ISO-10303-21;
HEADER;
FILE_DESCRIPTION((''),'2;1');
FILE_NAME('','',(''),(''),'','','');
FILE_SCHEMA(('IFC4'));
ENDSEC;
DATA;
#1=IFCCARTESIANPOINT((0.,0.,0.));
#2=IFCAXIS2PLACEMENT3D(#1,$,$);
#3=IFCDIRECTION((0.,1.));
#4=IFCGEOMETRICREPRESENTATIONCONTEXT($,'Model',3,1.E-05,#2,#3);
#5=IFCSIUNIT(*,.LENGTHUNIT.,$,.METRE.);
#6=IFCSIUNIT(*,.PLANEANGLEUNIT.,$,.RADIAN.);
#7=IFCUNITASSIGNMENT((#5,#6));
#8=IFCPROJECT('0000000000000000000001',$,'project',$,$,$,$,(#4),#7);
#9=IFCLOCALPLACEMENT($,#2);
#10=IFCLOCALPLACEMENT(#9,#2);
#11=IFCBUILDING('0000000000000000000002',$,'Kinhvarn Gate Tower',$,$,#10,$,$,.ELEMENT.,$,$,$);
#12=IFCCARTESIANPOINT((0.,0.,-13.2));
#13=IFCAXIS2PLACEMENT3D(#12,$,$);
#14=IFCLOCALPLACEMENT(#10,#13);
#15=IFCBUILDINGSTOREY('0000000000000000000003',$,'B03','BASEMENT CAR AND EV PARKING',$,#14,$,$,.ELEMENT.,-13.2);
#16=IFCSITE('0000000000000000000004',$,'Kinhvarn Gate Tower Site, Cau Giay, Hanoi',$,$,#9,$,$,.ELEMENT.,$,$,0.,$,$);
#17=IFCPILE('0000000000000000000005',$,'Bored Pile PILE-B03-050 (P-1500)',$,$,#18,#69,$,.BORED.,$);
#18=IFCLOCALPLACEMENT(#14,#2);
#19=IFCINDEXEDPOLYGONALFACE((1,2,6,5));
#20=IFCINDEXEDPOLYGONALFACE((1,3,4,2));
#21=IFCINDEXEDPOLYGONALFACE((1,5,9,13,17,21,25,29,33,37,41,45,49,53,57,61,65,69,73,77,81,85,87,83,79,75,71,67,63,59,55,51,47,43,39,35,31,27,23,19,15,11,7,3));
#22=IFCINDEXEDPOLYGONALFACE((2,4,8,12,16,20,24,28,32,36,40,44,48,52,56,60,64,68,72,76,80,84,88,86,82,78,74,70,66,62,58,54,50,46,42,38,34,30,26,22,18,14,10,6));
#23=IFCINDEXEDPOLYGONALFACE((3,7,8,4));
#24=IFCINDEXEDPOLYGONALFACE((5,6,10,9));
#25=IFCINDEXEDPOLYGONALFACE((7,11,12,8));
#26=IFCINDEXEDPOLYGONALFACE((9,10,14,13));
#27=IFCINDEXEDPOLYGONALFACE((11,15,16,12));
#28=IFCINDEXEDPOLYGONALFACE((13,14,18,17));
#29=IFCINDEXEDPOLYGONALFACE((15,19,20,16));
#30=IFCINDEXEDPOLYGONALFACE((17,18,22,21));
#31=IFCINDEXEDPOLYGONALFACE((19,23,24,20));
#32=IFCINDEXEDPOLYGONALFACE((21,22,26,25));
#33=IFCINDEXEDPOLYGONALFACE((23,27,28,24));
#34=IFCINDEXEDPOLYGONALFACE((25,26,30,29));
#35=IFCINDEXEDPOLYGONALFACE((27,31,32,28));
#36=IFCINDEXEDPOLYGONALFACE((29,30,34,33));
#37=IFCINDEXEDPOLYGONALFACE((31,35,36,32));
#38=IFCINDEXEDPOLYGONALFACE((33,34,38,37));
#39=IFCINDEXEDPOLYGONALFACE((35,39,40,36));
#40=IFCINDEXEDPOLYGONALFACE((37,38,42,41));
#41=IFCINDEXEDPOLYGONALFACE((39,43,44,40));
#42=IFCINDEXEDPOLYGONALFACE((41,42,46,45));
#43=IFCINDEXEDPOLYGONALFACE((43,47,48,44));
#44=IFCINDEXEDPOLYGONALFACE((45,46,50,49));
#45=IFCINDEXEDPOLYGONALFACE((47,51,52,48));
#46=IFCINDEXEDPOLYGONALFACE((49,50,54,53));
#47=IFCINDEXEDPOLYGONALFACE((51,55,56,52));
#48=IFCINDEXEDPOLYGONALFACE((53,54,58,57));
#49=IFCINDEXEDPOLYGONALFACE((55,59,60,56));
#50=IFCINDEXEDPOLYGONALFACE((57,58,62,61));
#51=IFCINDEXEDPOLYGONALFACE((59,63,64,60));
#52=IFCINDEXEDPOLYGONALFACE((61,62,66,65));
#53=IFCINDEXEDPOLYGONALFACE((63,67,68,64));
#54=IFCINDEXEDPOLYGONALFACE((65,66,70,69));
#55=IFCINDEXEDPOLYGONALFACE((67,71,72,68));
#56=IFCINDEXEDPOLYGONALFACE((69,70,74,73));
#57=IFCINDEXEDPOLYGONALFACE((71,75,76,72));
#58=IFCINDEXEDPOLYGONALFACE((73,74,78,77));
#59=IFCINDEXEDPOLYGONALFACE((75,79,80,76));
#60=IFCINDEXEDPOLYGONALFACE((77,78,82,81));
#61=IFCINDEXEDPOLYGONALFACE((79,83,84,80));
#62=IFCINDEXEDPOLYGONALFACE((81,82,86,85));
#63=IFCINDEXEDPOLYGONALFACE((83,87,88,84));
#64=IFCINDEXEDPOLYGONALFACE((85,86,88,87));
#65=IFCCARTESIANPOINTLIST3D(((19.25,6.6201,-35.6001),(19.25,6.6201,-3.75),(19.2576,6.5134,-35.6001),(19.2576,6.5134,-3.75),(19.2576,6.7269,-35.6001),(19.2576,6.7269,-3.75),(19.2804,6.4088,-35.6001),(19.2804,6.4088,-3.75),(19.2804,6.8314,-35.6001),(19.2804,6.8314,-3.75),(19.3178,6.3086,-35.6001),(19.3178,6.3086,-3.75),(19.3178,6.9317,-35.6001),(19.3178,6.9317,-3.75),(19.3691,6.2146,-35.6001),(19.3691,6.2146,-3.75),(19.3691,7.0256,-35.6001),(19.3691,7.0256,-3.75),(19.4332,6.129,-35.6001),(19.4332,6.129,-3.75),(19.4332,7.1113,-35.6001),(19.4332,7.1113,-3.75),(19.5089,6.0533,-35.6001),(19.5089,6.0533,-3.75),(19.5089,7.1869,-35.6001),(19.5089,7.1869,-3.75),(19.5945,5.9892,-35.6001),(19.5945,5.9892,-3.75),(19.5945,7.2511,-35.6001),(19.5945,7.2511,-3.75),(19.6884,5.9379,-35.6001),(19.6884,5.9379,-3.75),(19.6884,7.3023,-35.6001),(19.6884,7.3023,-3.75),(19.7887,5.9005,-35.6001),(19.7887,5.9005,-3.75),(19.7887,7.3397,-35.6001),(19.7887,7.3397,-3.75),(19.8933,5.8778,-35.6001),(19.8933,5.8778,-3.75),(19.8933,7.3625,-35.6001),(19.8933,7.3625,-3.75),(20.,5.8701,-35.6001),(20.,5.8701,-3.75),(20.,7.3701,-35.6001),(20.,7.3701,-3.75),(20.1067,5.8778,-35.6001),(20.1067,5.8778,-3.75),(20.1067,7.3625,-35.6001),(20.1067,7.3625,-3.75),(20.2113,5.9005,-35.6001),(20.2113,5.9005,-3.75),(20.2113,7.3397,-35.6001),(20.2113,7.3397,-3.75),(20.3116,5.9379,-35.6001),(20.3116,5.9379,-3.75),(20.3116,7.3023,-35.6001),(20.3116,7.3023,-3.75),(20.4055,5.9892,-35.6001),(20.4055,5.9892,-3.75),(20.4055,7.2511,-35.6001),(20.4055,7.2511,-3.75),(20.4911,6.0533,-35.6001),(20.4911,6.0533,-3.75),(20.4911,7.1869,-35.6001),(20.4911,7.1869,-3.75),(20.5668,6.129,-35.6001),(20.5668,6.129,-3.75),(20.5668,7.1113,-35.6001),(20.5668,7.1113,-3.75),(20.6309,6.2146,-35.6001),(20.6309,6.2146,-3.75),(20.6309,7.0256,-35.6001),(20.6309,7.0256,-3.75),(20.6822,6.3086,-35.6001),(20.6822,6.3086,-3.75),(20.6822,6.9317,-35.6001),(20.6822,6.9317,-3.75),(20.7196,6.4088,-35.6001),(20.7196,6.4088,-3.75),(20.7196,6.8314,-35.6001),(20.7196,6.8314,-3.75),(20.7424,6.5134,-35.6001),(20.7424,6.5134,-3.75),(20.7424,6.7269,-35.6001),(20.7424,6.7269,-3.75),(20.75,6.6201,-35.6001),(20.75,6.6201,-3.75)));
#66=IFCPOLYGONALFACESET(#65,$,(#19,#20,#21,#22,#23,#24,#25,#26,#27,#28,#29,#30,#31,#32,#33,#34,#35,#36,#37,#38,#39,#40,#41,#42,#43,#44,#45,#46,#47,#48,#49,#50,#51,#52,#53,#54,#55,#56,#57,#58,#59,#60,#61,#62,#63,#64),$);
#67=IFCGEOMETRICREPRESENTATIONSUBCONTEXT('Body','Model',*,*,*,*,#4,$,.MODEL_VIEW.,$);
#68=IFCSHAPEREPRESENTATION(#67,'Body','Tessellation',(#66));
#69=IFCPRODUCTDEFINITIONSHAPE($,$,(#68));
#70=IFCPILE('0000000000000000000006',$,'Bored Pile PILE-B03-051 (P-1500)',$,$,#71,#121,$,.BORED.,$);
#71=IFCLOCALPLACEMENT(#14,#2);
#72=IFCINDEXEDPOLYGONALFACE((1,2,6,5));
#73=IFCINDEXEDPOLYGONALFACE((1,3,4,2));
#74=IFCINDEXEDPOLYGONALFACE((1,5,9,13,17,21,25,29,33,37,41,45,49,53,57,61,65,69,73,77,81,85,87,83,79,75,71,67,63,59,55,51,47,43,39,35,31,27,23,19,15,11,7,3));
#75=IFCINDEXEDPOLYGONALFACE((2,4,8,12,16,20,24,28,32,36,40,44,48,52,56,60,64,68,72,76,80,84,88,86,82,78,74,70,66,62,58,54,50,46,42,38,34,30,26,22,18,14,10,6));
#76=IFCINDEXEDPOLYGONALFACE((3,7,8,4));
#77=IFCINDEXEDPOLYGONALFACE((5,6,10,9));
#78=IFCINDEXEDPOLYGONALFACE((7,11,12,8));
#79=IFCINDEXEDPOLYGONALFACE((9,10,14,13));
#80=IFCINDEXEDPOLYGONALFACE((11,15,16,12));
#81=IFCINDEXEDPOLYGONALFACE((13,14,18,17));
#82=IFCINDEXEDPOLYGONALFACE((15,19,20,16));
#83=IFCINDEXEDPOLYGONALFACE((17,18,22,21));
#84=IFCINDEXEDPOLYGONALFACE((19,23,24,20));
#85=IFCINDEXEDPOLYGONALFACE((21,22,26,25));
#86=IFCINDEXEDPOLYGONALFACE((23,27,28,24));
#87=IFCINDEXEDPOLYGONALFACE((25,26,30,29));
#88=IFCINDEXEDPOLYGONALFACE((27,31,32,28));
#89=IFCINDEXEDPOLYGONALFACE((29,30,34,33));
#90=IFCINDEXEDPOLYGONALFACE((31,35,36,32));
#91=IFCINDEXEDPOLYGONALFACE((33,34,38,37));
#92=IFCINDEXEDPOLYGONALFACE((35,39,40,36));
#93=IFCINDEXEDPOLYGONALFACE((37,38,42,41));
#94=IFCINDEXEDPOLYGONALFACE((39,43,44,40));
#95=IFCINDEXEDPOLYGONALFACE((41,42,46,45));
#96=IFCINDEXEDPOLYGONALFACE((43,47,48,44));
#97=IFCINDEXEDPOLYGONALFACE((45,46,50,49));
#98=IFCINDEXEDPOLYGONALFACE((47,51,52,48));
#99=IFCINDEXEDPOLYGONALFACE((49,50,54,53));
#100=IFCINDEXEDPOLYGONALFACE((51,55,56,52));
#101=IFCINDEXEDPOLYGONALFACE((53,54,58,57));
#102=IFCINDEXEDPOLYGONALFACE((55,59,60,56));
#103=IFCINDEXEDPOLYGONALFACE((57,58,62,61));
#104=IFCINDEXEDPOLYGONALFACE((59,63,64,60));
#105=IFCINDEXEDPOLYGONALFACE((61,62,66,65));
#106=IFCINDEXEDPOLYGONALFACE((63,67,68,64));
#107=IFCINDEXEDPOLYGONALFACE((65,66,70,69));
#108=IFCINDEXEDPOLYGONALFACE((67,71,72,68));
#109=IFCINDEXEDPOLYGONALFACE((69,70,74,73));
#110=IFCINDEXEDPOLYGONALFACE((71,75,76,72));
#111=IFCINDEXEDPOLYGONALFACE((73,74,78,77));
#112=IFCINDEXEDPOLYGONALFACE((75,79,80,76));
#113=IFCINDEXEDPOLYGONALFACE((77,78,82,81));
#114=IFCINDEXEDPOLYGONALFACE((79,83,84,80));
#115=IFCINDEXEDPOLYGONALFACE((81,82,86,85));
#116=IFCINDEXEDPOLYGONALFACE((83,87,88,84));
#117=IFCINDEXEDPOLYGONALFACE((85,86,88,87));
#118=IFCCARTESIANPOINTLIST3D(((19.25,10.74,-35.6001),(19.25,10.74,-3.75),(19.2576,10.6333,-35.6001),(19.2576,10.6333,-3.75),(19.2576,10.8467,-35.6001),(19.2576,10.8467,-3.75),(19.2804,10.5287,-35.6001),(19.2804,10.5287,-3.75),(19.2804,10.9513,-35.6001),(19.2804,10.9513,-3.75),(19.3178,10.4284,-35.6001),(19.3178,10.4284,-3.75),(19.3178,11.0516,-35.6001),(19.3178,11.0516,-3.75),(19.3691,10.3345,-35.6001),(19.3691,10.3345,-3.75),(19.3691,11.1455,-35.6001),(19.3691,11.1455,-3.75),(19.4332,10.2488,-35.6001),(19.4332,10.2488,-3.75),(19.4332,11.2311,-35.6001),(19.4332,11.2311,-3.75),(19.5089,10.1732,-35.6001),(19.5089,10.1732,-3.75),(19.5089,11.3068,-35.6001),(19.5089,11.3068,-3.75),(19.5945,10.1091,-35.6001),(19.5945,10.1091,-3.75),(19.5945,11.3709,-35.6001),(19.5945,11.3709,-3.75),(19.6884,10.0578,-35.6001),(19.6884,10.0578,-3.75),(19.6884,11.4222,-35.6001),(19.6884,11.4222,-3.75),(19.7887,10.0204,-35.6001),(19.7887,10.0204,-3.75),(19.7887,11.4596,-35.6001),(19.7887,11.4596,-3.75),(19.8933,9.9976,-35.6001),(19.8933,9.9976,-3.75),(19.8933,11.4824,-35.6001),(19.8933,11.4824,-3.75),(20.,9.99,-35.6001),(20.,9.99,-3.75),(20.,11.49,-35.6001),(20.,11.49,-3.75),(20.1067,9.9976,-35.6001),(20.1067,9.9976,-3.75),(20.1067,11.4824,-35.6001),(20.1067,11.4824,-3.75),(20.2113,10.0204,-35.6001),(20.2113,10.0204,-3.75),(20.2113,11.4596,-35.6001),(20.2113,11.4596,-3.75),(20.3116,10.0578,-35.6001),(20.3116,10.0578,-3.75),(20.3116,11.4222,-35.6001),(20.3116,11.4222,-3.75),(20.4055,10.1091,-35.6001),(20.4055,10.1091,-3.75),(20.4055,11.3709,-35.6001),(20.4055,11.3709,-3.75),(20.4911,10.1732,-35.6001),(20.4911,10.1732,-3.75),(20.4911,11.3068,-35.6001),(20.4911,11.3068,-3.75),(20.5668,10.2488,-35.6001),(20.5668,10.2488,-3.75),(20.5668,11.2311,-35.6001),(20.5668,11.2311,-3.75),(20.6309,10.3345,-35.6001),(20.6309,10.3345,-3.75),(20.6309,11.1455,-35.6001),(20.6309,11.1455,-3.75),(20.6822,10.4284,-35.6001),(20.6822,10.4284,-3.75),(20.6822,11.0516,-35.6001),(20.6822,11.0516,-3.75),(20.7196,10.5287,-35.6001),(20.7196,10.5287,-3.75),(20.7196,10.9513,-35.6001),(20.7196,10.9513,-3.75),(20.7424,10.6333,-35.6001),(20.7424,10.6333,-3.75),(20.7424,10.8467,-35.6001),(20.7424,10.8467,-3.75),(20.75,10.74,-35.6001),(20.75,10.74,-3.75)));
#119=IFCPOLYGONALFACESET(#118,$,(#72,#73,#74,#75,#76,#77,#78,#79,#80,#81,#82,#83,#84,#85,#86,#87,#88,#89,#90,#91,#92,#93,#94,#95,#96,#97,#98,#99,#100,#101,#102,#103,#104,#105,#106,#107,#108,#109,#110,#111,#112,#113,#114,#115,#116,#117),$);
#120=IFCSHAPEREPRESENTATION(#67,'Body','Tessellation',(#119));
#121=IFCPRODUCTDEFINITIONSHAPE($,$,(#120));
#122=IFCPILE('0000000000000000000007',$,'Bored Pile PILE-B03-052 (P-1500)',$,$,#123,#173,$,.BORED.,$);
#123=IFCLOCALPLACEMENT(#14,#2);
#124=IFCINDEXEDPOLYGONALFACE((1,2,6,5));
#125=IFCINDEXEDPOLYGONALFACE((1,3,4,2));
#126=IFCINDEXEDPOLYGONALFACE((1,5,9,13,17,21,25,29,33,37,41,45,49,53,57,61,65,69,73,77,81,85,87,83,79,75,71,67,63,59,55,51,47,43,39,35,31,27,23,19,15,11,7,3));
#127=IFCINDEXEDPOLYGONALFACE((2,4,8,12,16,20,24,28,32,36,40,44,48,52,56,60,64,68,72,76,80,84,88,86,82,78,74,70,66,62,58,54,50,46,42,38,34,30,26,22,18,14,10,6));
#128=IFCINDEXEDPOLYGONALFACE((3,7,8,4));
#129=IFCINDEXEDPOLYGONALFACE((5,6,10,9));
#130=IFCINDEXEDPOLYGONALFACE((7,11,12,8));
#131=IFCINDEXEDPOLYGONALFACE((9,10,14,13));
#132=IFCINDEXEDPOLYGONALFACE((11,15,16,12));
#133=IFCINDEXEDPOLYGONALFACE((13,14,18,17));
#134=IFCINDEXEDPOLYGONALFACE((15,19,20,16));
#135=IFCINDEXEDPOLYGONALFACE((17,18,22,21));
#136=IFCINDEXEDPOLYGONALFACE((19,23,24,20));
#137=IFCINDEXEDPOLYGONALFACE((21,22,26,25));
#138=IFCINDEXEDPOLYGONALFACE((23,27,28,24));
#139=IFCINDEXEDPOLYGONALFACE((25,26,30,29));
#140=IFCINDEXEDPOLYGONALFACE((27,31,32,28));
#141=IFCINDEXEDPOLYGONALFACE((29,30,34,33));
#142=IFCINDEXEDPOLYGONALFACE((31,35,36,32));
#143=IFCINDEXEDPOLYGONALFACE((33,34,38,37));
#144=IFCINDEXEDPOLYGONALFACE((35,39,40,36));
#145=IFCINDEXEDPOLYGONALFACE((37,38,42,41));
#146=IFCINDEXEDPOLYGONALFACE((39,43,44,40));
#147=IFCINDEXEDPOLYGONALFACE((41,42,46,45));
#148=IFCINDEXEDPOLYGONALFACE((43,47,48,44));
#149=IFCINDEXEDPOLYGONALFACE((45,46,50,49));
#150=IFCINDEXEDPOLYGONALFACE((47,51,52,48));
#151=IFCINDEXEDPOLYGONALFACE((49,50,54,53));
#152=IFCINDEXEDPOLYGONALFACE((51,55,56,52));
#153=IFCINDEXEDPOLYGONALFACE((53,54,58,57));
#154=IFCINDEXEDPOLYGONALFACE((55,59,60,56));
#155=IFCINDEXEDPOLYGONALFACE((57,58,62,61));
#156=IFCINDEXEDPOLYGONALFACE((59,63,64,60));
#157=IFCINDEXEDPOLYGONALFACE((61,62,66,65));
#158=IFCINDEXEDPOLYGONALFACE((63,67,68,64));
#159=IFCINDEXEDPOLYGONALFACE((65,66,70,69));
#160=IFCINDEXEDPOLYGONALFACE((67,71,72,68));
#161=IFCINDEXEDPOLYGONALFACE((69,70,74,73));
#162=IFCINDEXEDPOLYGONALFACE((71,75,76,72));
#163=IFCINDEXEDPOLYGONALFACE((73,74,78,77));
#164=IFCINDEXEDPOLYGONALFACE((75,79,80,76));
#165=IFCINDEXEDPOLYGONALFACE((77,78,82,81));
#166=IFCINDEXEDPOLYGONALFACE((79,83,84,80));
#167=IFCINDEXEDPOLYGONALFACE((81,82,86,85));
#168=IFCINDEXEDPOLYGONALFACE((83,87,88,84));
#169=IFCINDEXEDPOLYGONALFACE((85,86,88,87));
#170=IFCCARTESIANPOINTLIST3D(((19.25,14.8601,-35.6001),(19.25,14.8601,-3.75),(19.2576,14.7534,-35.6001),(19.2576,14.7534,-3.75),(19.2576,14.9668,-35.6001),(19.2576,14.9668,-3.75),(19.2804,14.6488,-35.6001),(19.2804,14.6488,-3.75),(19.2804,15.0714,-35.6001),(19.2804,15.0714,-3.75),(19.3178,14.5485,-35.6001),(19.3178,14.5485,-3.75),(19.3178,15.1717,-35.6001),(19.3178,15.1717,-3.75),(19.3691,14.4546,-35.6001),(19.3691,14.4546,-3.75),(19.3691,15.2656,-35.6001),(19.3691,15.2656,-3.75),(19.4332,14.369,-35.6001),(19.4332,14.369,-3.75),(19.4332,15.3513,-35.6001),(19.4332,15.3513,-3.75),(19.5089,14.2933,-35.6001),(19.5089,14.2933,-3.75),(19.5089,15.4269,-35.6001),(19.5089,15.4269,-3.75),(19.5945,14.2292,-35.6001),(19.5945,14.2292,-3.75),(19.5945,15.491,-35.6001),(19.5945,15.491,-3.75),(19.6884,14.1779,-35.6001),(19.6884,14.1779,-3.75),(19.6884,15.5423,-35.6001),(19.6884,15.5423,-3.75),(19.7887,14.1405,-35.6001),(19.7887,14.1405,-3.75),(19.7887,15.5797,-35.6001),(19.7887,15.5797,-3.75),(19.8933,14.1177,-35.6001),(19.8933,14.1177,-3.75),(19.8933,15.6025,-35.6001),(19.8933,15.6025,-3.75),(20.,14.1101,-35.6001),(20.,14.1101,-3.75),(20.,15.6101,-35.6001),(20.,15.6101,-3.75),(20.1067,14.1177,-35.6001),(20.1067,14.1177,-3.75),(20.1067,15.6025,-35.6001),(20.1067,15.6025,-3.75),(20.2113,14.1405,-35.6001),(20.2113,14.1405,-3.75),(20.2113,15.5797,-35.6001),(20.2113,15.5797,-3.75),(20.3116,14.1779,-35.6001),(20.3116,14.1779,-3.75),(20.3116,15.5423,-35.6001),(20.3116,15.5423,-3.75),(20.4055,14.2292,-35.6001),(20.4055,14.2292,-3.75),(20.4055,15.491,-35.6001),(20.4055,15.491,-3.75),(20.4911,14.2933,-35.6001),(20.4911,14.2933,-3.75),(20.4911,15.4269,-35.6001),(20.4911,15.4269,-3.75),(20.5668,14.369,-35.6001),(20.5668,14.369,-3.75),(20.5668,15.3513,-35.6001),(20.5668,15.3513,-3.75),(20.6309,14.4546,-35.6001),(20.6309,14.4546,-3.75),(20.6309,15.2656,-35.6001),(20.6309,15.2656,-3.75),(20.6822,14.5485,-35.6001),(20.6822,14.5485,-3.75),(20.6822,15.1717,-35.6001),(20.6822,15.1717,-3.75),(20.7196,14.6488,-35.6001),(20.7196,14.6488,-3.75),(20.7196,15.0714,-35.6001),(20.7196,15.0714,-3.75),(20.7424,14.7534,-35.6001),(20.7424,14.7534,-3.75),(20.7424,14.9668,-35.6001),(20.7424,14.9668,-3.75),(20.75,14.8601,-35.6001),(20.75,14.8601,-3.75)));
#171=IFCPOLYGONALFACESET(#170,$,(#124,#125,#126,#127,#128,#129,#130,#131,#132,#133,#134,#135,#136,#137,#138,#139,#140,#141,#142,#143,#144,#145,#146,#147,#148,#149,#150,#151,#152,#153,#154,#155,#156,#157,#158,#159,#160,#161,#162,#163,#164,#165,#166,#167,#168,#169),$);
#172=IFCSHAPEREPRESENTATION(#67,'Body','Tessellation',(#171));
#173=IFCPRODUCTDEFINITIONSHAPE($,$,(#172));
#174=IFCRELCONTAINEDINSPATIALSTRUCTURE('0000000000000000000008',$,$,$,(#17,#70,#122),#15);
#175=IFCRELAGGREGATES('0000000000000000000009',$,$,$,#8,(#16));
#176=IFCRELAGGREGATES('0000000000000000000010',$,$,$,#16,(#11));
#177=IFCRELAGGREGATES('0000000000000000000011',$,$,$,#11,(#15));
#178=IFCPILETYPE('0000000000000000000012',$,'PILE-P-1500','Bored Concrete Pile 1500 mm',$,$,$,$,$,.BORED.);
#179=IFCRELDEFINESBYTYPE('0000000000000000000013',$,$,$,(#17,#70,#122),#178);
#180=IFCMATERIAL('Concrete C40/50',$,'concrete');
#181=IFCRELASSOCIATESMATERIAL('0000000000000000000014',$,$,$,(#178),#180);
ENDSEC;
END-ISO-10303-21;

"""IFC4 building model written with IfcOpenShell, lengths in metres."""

from ifc_helpers import new_model, si_unit, direction, frame, origin, origin_2d, place, context, subcontext, project, spatial, circle, extrude, material, material_profile, profile_set, type_object, element, save


model = new_model("IFC4")

# Units and contexts
model_context = context("Model", 3, precision=1e-05, world=origin(), true_north=direction((0.0, 1.0)))
body_context = subcontext(model_context, "Body", "Model", "MODEL_VIEW")
ifc_project = project(units=[si_unit("LENGTHUNIT", "METRE"), si_unit("PLANEANGLEUNIT", "RADIAN")], contexts=[model_context])

# Site, building, storey
site_placement = place(None, origin())
site = spatial("IfcSite", under=ifc_project, at=site_placement, Name="Kinhvarn Gate Tower Site, Cau Giay, Hanoi", CompositionType="ELEMENT", RefElevation=0.0)
building_placement = place(site_placement, origin())
building = spatial("IfcBuilding", under=site, at=building_placement, Name="Kinhvarn Gate Tower", CompositionType="ELEMENT")
storey_placement = place(building_placement, frame((0.0, 0.0, -13.2)))
storey = spatial("IfcBuildingStorey", under=building, at=storey_placement, Name="B03", Description="BASEMENT CAR AND EV PARKING", CompositionType="ELEMENT", Elevation=-13.2)

# Piles
ifc_material = material(Name="Concrete C40/50", Category="concrete")
ifc_material_profile_1 = material_profile(ifc_material, circle(Radius=0.75, at=origin_2d()), Name="PILE D1500")
ifc_profile_set_1 = profile_set([ifc_material_profile_1], Name="Concrete C40/50")
pile_type_1 = type_object("IfcPileType", Name="PILE-P-1500", Description="Bored Concrete Pile 1500 mm", PredefinedType="BORED", material=ifc_profile_set_1)
for number, where, z_axis, x_axis, name in (
    (1, (20.0, 6.6201, -35.6001), (0.0, 0.0, 1.0), (1.0, 0.0, 0.0), "Bored Pile PILE-B03-050 (P-1500)"),
    (2, (20.0, 10.74, -35.6001), (0.0, 0.0, 1.0), (1.0, 0.0, 0.0), "Bored Pile PILE-B03-051 (P-1500)"),
    (3, (20.0, 14.8601, -35.6001), (0.0, 0.0, 1.0), (1.0, 0.0, 0.0), "Bored Pile PILE-B03-052 (P-1500)"),
):
    element("IfcPile", number, at=place(storey_placement, frame(where, z_axis=z_axis, x_axis=x_axis)), inside=storey, type_object=pile_type_1, Name=name, PredefinedType="BORED", context=body_context, shape_type="SweptSolid", body=[
        extrude(circle(Radius=0.75, at=origin_2d()), origin(), (0.0, 0.0, 1.0), 31.8501),
    ])

save(model, "model.ifc")
